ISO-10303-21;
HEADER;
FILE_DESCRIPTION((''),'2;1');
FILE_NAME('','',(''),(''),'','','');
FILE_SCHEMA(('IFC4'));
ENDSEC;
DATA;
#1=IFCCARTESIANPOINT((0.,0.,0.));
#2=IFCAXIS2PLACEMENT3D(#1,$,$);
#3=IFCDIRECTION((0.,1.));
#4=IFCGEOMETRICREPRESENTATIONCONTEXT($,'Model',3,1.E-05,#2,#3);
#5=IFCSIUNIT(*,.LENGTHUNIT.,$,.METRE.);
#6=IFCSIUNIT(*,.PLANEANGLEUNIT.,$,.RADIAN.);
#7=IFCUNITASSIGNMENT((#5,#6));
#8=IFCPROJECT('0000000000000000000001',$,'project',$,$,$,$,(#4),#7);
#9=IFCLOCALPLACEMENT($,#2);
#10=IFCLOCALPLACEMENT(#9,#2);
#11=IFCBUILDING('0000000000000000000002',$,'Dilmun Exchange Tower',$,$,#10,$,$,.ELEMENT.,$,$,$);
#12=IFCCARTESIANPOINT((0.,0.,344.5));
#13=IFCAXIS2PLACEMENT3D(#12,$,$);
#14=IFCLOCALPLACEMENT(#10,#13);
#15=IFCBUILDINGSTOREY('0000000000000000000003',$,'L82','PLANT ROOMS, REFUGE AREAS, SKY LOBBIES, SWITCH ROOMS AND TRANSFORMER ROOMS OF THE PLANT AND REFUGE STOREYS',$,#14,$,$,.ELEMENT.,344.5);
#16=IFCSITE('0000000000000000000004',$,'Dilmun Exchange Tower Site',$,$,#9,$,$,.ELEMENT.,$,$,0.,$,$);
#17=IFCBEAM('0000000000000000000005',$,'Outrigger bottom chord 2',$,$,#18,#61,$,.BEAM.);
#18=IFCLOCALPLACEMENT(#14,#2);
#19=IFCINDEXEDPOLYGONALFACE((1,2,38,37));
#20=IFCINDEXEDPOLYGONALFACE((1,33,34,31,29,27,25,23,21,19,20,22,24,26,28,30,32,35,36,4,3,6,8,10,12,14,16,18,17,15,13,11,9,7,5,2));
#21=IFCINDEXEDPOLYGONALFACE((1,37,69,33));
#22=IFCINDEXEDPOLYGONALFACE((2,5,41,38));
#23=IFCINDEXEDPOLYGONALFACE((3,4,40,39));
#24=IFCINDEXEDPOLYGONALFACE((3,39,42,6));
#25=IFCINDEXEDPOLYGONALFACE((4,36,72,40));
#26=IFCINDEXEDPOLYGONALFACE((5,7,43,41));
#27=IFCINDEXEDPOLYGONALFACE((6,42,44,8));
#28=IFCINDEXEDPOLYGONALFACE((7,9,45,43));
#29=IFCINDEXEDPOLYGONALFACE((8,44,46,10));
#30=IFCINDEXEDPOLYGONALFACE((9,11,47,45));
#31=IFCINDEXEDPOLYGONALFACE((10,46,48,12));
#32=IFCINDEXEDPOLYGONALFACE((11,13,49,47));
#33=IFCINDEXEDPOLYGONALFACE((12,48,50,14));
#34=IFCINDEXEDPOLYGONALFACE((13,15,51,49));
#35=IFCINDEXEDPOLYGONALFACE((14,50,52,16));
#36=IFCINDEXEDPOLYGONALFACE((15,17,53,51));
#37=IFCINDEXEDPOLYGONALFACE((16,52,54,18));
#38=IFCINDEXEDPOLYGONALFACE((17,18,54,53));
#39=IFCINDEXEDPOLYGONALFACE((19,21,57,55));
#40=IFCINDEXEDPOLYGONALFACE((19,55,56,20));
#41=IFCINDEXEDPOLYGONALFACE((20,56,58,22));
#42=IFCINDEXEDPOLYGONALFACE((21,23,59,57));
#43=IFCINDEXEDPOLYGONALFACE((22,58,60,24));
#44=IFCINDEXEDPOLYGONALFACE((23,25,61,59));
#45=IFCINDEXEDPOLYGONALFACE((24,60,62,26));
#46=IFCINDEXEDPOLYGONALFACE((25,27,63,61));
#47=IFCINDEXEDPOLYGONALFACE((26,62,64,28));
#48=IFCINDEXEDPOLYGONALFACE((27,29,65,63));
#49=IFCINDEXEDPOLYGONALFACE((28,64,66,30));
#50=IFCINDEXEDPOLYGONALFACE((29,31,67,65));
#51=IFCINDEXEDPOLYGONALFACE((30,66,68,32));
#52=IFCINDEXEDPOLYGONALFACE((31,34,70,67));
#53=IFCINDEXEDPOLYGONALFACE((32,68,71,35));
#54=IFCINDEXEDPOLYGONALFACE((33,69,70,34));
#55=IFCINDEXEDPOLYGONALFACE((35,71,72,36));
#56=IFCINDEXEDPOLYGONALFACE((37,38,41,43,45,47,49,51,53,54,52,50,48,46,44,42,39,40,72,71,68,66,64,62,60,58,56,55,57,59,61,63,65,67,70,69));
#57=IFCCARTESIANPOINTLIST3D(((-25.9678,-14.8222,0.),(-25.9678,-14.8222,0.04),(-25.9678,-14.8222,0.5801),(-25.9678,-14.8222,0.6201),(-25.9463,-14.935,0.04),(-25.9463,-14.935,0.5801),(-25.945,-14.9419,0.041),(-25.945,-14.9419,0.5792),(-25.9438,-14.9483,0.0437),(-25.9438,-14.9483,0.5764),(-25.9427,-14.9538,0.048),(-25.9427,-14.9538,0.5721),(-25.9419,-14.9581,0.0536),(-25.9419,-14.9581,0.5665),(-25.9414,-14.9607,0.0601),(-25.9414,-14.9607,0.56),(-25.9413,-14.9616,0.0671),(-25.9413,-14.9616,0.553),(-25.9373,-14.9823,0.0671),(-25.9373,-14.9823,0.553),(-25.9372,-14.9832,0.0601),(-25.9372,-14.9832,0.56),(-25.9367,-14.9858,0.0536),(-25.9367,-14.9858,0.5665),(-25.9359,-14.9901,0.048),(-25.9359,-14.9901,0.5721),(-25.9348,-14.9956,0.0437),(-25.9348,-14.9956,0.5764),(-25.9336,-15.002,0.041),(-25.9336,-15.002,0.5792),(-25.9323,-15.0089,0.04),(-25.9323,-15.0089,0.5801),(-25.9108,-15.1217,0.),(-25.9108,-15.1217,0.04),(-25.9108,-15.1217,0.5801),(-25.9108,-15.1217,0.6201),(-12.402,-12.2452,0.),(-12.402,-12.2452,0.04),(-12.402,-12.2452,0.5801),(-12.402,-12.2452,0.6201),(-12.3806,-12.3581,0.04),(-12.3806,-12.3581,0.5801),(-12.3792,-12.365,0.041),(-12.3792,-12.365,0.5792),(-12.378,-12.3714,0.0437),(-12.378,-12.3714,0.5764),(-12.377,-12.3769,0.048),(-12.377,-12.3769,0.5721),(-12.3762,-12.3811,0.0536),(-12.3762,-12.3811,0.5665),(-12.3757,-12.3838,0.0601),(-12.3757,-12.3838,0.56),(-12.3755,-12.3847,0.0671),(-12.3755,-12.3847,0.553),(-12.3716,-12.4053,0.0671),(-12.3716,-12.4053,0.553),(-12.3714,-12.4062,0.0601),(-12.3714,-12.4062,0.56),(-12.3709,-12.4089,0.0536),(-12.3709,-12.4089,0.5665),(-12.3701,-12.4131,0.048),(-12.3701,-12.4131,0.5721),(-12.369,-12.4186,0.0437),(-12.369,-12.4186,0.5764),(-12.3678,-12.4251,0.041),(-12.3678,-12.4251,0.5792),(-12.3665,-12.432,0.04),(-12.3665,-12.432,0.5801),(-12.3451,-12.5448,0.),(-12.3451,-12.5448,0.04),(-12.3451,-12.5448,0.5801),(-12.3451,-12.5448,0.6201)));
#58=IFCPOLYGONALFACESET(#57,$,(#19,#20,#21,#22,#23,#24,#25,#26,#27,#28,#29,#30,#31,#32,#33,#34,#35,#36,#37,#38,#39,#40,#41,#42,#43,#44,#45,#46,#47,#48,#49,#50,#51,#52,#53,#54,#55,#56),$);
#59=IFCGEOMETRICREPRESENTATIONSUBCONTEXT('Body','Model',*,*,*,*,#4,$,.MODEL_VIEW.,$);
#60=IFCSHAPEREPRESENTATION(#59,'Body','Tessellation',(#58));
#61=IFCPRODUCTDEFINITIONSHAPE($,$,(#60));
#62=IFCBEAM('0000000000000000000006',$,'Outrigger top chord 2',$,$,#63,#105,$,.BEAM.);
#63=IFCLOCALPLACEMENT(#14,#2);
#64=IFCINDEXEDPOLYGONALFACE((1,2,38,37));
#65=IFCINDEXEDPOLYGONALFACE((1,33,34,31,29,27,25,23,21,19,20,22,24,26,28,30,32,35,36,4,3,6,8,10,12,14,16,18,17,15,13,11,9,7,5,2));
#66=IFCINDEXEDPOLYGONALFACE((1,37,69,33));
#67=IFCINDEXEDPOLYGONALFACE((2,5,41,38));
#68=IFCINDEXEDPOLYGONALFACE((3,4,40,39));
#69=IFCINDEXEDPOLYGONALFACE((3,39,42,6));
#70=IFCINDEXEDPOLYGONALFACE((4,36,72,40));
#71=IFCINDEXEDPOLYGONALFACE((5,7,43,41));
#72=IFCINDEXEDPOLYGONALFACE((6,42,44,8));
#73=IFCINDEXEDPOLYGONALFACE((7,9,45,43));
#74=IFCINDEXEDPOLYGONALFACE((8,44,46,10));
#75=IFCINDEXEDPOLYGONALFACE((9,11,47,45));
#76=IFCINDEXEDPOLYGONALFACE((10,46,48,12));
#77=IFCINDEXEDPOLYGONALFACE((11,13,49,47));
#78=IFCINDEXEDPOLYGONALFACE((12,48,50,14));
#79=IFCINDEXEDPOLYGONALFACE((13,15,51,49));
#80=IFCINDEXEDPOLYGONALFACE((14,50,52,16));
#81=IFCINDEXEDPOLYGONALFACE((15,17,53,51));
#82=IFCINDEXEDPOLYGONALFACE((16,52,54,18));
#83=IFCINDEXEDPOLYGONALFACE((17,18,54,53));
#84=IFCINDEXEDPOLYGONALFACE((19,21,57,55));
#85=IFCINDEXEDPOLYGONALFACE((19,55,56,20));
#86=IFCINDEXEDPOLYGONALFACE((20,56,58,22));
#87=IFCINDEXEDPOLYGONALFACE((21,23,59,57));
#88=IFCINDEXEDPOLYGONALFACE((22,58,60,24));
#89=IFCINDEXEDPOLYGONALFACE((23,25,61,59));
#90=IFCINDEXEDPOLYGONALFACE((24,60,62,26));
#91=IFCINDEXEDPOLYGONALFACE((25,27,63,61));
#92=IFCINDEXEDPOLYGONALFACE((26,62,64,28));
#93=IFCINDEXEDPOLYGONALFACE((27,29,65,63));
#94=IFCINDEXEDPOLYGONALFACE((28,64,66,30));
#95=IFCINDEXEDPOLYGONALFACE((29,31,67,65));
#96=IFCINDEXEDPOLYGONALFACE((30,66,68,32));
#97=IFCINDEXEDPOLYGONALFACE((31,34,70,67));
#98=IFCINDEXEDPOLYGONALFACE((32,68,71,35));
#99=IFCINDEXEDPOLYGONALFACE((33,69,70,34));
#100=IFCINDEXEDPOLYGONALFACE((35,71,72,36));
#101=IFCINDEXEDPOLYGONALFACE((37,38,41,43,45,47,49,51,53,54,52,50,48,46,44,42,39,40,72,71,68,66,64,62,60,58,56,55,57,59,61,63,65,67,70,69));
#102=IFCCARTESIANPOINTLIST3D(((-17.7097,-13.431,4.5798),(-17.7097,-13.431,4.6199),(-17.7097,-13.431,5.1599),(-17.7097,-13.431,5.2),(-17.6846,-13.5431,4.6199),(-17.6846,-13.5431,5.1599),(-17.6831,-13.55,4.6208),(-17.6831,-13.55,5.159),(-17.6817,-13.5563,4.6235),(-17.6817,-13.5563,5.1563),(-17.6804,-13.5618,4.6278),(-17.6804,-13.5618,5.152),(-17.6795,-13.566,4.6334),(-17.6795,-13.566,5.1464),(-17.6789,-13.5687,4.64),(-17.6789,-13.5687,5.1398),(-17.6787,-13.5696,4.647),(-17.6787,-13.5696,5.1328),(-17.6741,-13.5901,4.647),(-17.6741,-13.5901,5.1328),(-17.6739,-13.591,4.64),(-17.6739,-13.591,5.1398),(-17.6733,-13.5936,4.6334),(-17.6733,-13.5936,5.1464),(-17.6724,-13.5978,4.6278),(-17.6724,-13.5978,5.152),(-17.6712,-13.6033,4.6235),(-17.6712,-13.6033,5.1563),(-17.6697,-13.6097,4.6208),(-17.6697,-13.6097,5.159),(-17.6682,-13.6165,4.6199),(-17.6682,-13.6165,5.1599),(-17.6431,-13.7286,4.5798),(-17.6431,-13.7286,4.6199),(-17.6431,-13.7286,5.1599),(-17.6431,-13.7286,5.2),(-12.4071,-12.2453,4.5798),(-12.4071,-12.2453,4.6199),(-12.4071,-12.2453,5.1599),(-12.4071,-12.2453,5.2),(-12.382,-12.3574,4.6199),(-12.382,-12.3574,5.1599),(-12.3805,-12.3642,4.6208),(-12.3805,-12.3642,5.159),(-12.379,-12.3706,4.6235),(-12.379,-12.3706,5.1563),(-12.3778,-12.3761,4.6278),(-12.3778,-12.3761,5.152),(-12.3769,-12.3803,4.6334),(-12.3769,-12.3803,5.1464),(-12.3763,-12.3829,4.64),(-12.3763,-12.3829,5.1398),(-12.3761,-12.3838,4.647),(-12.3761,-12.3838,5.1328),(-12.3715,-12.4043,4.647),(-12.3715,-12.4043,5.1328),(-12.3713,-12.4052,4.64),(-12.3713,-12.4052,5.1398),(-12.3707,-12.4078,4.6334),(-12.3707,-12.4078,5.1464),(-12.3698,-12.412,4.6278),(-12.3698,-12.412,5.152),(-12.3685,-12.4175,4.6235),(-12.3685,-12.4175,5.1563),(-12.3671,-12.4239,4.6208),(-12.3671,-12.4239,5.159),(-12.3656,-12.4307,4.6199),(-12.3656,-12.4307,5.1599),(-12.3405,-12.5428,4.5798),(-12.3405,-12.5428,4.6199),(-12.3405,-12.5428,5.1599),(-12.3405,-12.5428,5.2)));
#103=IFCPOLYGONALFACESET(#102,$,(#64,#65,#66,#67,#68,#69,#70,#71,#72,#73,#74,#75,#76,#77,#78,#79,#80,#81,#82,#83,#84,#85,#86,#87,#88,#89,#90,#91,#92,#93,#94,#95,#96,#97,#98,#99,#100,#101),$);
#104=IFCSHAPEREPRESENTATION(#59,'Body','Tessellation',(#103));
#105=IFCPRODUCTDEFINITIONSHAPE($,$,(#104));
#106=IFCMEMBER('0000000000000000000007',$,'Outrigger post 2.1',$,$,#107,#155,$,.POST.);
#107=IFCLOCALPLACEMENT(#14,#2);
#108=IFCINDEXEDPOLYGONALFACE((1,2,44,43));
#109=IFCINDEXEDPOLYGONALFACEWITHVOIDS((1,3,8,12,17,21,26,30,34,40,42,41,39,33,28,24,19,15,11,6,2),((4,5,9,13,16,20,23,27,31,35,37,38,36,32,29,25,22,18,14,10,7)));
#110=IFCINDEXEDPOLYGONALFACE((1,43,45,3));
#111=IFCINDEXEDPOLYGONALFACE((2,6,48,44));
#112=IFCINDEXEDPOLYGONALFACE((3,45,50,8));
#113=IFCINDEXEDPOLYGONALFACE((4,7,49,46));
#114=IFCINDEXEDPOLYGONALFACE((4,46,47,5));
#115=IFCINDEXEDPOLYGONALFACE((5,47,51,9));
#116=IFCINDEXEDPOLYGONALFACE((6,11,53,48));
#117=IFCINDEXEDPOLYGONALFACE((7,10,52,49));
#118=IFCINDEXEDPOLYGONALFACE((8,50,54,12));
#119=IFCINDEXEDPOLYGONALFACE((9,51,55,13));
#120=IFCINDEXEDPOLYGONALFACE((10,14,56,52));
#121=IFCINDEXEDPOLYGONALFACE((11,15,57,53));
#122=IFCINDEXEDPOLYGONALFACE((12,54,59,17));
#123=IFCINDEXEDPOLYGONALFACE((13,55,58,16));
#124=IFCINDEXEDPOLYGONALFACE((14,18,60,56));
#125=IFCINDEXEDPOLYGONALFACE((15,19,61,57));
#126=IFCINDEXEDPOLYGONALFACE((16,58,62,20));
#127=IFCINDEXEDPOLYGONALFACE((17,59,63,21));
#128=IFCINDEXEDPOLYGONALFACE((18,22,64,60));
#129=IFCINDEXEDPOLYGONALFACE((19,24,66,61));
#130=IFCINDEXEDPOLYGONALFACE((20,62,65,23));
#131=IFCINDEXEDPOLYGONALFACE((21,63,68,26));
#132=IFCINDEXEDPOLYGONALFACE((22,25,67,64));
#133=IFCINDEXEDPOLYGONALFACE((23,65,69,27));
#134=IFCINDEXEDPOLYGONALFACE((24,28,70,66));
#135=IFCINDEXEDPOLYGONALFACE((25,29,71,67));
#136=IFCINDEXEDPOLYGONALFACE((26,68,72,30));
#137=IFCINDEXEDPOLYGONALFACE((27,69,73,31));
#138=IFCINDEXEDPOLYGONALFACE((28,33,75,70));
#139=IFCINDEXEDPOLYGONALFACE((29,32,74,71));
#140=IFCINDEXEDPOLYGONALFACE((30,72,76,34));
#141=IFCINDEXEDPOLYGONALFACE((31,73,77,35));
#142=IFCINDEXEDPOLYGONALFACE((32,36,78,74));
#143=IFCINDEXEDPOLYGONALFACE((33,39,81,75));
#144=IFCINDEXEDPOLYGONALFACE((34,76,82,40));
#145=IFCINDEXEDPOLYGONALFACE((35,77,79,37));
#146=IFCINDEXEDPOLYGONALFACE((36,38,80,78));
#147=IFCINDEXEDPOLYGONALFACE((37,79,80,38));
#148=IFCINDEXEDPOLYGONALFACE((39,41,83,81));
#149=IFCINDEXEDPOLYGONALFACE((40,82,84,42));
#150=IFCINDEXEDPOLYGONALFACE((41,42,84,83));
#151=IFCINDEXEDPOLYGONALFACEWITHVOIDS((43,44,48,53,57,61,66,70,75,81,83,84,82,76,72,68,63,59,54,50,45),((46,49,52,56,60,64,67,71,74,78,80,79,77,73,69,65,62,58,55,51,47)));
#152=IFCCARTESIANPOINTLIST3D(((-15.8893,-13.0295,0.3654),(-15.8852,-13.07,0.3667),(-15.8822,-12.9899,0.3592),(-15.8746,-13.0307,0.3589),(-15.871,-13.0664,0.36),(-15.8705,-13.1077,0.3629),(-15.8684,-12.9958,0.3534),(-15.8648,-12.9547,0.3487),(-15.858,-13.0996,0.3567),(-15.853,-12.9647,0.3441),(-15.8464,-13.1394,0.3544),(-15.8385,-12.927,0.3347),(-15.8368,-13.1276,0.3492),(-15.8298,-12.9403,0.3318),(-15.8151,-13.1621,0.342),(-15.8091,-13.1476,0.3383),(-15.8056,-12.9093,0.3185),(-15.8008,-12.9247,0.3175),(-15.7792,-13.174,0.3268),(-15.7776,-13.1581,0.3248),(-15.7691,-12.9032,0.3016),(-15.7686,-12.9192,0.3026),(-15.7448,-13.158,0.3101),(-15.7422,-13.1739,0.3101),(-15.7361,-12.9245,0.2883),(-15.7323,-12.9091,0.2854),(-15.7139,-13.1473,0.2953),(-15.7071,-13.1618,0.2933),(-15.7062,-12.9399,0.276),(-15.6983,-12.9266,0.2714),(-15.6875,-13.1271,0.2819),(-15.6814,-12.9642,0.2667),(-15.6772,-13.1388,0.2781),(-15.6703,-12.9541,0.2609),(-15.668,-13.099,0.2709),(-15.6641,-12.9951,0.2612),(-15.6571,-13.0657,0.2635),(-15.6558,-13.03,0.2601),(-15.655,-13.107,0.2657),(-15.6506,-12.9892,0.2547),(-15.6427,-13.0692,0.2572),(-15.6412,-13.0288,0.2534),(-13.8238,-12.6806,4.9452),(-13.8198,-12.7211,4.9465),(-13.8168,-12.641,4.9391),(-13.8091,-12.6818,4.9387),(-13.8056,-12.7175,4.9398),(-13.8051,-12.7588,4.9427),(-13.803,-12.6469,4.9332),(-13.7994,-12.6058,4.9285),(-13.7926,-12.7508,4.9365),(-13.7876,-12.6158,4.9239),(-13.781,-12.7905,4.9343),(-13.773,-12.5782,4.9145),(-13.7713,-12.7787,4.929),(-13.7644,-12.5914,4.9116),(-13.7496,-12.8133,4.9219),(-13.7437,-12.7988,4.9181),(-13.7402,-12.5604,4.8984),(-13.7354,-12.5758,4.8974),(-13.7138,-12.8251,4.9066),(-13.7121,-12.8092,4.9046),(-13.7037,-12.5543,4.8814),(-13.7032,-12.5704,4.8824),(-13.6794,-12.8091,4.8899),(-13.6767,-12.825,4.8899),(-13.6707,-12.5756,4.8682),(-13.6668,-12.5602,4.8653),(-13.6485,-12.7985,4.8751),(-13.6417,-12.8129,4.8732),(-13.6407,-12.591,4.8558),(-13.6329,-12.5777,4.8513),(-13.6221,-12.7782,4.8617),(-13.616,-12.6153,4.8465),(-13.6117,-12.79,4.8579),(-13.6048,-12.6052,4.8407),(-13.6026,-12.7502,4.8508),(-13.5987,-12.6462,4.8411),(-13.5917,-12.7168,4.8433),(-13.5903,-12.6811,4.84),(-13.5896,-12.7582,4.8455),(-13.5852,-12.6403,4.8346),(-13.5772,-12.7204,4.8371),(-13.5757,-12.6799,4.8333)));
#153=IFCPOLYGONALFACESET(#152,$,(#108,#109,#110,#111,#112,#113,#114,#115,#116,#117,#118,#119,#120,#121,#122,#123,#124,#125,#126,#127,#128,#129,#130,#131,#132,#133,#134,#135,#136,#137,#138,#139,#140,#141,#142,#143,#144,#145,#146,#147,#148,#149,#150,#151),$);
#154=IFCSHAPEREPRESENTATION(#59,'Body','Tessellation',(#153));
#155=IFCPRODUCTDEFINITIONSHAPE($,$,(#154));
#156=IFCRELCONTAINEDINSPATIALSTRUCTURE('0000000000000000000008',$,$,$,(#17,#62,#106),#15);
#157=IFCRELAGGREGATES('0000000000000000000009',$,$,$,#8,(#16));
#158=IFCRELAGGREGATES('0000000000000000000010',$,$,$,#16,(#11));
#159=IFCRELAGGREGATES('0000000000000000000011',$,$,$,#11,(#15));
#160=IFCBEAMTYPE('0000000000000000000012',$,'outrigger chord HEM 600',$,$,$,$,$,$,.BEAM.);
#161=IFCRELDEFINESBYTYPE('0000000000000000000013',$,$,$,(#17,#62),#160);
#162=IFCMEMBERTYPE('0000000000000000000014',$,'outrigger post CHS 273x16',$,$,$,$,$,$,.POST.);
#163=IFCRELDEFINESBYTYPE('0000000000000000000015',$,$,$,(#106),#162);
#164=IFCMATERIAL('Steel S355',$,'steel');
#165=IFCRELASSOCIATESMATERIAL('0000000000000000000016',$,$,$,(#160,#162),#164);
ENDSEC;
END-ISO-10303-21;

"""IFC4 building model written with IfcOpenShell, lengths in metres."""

from ifc_helpers import new_model, si_unit, direction, frame, origin, origin_2d, place, context, subcontext, project, spatial, hollow_circle, i_section, extrude, material, material_profile, profile_set, type_object, element, save


model = new_model("IFC4")

# Units and contexts
model_context = context("Model", 3, precision=1e-05, world=origin(), true_north=direction((0.0, 1.0)))
body_context = subcontext(model_context, "Body", "Model", "MODEL_VIEW")
ifc_project = project(units=[si_unit("LENGTHUNIT", "METRE"), si_unit("PLANEANGLEUNIT", "RADIAN")], contexts=[model_context])

# Site, building, storey
site_placement = place(None, origin())
site = spatial("IfcSite", under=ifc_project, at=site_placement, Name="Dilmun Exchange Tower Site", CompositionType="ELEMENT", RefElevation=0.0)
building_placement = place(site_placement, origin())
building = spatial("IfcBuilding", under=site, at=building_placement, Name="Dilmun Exchange Tower", CompositionType="ELEMENT")
storey_placement = place(building_placement, frame((0.0, 0.0, 344.5)))
storey = spatial("IfcBuildingStorey", under=building, at=storey_placement, Name="L82", Description="PLANT ROOMS, REFUGE AREAS, SKY LOBBIES, SWITCH ROOMS AND TRANSFORMER ROOMS OF THE PLANT AND REFUGE STOREYS", CompositionType="ELEMENT", Elevation=344.5)

# Beams
ifc_material_1 = material(Name="Steel S355", Category="steel")
ifc_material_profile_1 = material_profile(ifc_material_1, i_section(OverallWidth=0.3049, OverallDepth=0.6201, WebThickness=0.021, FlangeThickness=0.04, FilletRadius=0.0271, at=origin_2d()), Name="HEM 600")
ifc_profile_set_1 = profile_set([ifc_material_profile_1], Name="Steel S355")
beam_type_1 = type_object("IfcBeamType", Name="outrigger chord HEM 600", PredefinedType="BEAM", material=ifc_profile_set_1)
beam_1_placement = place(storey_placement, frame((-12.3735, -12.395, 0.3101), z_axis=(-0.982432, -0.186621, 0.0), x_axis=(0.186621, -0.982432, 0.0)))
element("IfcBeam", 1, at=beam_1_placement, inside=storey, type_object=beam_type_1, Name="Outrigger bottom chord 2", PredefinedType="BEAM", context=body_context, shape_type="SweptSolid", body=[
    extrude(i_section(OverallWidth=0.3049, OverallDepth=0.6201, WebThickness=0.021, FlangeThickness=0.04, FilletRadius=0.0271, at=origin_2d()), origin(), (0.0, 0.0, 1.0), 13.8083),
])
beam_2_placement = place(storey_placement, frame((-12.3738, -12.394, 4.8899), z_axis=(-0.975898, -0.218229, 0.0), x_axis=(0.218229, -0.975898, 0.0)))
element("IfcBeam", 2, at=beam_2_placement, inside=storey, type_object=beam_type_1, Name="Outrigger top chord 2", PredefinedType="BEAM", context=body_context, shape_type="SweptSolid", body=[
    extrude(i_section(OverallWidth=0.3049, OverallDepth=0.6201, WebThickness=0.021, FlangeThickness=0.04, FilletRadius=0.0271, at=origin_2d()), origin(), (0.0, 0.0, 1.0), 5.4336),
])

# Member
ifc_material_profile_2 = material_profile(ifc_material_1, hollow_circle(Radius=0.1365, WallThickness=0.0161, at=origin_2d()), Name="CHS 273x16")
ifc_profile_set_2 = profile_set([ifc_material_profile_2], Name="Steel S355")
member_type_1 = type_object("IfcMemberType", Name="outrigger post CHS 273x16", PredefinedType="POST", material=ifc_profile_set_2)
member_1_placement = place(storey_placement, frame((-13.6995, -12.6904, 4.8899), z_axis=(-0.410122, -0.069275, -0.909396), x_axis=(0.166553, -0.986032, 0.0)))
element("IfcMember", 3, at=member_1_placement, inside=storey, type_object=member_type_1, Name="Outrigger post 2.1", PredefinedType="POST", context=body_context, shape_type="SweptSolid", body=[
    extrude(hollow_circle(Radius=0.1365, WallThickness=0.0161, at=origin_2d()), origin(), (0.0, 0.0, 1.0), 5.0361),
])

save(model, "model.ifc")
